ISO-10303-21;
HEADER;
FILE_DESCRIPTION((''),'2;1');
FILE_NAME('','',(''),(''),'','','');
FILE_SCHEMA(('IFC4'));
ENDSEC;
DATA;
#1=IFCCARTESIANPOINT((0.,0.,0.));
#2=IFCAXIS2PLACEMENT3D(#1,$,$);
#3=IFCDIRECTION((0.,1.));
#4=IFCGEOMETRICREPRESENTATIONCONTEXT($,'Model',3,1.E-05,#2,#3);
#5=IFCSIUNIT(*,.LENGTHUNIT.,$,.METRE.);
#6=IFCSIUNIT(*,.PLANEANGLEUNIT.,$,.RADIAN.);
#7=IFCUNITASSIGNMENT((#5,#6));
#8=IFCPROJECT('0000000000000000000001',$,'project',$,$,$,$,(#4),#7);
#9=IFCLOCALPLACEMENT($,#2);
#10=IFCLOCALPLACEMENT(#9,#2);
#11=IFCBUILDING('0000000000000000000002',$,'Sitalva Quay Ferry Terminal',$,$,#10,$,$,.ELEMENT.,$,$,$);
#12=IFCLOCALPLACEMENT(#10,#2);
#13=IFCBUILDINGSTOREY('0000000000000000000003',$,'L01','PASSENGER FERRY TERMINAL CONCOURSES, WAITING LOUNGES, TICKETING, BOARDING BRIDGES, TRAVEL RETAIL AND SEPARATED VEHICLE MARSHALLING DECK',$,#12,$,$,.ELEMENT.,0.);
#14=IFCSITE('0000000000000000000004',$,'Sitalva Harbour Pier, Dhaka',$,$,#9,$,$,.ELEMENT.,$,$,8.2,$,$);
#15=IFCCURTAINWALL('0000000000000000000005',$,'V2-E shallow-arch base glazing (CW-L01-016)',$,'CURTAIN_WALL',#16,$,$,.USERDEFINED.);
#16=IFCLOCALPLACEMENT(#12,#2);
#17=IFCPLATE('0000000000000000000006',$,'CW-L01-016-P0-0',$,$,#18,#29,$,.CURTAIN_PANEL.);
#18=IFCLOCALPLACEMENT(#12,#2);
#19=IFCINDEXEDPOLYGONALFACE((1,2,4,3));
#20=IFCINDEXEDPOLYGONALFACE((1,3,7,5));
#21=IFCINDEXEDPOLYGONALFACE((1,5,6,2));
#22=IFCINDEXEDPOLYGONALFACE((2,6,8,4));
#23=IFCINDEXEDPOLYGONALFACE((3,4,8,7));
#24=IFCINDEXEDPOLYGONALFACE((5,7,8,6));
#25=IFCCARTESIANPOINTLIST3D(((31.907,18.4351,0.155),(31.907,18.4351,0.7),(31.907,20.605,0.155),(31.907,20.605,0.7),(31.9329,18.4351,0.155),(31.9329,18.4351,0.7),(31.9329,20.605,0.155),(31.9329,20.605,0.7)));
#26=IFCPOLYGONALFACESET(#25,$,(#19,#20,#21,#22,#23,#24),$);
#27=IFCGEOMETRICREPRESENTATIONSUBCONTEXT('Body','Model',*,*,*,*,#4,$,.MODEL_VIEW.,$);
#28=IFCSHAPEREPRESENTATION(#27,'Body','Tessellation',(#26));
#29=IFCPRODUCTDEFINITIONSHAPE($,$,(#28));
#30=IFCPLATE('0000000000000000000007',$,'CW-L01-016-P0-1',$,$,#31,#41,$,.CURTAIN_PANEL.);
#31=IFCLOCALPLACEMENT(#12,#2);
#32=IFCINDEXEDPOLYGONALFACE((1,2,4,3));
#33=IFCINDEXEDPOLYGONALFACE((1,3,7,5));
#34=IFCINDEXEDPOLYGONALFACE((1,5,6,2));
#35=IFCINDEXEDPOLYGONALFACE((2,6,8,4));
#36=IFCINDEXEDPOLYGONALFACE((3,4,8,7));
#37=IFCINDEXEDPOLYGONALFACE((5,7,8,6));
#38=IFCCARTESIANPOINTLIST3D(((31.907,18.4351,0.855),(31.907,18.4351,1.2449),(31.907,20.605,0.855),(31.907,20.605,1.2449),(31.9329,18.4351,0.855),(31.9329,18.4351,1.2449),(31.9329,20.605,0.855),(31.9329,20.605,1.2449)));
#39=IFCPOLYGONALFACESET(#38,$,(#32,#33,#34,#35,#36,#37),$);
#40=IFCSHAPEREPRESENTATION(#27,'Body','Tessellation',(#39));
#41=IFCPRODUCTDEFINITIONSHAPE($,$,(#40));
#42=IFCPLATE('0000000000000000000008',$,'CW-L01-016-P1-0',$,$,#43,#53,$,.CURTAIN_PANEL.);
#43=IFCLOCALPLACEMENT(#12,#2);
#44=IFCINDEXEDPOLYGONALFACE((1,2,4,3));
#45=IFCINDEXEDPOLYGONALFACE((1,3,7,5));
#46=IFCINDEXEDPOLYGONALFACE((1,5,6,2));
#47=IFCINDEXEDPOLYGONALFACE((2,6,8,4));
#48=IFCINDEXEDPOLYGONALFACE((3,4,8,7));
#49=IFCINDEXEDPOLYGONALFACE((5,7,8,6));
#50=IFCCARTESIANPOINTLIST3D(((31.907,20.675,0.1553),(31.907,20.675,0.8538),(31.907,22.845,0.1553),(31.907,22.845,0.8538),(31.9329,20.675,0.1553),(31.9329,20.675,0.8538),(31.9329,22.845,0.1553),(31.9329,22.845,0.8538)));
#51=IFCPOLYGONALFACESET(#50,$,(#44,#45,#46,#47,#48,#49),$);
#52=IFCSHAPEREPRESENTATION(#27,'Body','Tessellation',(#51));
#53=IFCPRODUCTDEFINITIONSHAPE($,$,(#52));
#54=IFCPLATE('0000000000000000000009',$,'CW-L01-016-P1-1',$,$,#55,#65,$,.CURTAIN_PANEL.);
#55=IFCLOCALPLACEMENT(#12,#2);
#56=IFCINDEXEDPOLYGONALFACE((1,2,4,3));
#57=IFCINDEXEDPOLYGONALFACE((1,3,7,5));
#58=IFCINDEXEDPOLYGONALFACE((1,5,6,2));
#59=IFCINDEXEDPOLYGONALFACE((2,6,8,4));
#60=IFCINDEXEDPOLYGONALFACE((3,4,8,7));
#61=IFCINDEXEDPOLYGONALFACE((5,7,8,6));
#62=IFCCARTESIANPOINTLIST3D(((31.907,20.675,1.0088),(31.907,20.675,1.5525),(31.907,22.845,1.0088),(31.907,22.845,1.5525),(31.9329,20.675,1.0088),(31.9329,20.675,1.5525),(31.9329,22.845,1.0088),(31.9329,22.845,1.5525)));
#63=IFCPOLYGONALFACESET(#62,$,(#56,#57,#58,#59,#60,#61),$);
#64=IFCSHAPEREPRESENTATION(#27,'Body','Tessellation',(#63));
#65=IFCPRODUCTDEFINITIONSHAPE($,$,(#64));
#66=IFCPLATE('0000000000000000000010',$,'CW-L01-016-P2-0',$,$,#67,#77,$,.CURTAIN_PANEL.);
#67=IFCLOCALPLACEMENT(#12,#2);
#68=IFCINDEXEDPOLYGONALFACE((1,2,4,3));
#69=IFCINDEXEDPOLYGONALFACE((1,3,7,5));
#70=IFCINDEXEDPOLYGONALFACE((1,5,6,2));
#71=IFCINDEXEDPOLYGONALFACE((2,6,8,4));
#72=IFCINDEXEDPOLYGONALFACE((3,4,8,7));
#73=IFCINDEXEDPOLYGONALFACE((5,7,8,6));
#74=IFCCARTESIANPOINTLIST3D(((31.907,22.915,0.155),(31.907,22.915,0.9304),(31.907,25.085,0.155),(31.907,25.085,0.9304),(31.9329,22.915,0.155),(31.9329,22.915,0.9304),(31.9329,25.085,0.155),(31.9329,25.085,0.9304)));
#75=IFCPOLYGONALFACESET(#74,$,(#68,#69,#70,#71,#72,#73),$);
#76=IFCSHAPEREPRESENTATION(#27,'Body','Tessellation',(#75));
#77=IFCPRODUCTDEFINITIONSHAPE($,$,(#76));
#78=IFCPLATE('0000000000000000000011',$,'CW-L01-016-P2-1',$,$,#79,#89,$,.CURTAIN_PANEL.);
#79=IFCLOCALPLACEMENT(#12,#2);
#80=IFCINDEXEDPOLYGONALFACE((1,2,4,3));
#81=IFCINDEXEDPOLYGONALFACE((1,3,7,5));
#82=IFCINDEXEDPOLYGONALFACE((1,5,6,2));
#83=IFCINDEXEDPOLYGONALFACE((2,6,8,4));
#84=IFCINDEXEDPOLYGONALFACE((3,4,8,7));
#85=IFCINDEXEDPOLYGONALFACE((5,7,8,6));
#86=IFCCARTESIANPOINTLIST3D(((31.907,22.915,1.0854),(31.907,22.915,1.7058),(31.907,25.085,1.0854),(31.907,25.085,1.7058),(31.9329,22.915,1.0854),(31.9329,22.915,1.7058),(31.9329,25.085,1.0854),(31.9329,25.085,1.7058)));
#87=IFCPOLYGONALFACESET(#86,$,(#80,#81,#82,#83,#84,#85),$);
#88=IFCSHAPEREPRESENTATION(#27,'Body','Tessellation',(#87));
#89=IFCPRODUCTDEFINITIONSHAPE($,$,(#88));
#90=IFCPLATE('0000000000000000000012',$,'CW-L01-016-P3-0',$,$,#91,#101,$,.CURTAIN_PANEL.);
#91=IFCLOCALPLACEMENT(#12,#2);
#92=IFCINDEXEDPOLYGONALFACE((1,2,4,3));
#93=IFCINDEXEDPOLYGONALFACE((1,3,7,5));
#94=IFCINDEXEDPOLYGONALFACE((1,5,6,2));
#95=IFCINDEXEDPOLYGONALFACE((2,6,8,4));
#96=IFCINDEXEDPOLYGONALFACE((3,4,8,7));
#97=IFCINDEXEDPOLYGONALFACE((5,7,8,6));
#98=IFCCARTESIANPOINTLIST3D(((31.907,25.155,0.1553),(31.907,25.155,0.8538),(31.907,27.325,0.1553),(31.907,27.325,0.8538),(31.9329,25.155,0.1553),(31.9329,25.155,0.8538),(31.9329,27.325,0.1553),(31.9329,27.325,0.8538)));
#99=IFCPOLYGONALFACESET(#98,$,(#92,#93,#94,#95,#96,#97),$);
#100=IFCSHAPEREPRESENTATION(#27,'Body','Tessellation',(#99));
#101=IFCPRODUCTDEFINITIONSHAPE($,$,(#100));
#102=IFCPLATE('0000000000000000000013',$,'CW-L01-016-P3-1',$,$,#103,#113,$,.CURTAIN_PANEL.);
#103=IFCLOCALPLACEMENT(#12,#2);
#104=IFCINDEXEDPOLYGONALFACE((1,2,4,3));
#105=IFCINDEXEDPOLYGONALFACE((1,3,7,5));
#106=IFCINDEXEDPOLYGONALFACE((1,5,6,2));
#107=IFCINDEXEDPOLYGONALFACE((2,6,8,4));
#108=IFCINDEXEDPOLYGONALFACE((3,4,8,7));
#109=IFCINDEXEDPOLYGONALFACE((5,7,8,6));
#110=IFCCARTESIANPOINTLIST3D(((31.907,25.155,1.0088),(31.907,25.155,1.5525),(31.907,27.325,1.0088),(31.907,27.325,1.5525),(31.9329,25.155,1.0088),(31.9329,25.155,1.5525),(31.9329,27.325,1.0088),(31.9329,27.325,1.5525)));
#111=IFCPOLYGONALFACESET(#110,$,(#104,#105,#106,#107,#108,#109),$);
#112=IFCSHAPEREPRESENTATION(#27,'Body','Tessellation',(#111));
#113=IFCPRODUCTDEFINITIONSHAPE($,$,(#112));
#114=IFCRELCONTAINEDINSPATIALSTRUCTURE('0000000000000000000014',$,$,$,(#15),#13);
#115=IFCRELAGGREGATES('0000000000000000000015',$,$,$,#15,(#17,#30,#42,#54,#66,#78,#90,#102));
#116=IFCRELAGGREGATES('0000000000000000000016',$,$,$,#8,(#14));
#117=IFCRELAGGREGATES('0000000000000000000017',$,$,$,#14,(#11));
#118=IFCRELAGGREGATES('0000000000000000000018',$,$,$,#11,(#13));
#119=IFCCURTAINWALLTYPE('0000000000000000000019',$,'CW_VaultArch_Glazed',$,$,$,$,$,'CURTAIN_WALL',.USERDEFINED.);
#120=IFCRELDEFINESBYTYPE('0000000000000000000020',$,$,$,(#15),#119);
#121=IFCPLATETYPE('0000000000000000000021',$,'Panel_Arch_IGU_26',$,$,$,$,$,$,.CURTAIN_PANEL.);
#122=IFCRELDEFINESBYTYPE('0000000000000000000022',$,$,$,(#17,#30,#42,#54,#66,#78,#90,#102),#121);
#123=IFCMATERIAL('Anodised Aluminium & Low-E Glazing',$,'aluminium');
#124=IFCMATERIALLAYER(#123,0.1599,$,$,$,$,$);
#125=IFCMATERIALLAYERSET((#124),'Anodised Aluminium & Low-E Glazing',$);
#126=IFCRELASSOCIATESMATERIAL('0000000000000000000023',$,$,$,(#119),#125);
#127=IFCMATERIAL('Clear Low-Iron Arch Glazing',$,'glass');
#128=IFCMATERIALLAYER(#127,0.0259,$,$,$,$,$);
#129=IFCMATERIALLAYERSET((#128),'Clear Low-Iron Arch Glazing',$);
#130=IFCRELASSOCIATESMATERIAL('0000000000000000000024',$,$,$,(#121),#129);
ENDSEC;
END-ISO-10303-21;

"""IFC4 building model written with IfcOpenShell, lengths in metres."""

from ifc_helpers import new_model, si_unit, direction, frame, origin, origin_2d, place, context, subcontext, project, spatial, rectangle, extrude, material, layer, layer_set, type_object, element, aggregate, save


model = new_model("IFC4")

# Units and contexts
model_context = context("Model", 3, precision=1e-05, world=origin(), true_north=direction((0.0, 1.0)))
body_context = subcontext(model_context, "Body", "Model", "MODEL_VIEW")
ifc_project = project(units=[si_unit("LENGTHUNIT", "METRE"), si_unit("PLANEANGLEUNIT", "RADIAN")], contexts=[model_context])

# Site, building, storey
site_placement = place(None, origin())
site = spatial("IfcSite", under=ifc_project, at=site_placement, Name="Sitalva Harbour Pier, Dhaka", CompositionType="ELEMENT", RefElevation=8.2)
building_placement = place(site_placement, origin())
building = spatial("IfcBuilding", under=site, at=building_placement, Name="Sitalva Quay Ferry Terminal", CompositionType="ELEMENT")
storey_placement = place(building_placement, origin())
storey = spatial("IfcBuildingStorey", under=building, at=storey_placement, Name="L01", Description="PASSENGER FERRY TERMINAL CONCOURSES, WAITING LOUNGES, TICKETING, BOARDING BRIDGES, TRAVEL RETAIL AND SEPARATED VEHICLE MARSHALLING DECK", CompositionType="ELEMENT", Elevation=0.0)

# Curtain wall, plates
ifc_material_1 = material(Name="Anodised Aluminium & Low-E Glazing", Category="aluminium")
ifc_layer_1 = layer(ifc_material_1, 0.1599)
ifc_layer_set_1 = layer_set([ifc_layer_1], Name="Anodised Aluminium & Low-E Glazing")
curtain_wall_type = type_object("IfcCurtainWallType", Name="CW_VaultArch_Glazed", ElementType="CURTAIN_WALL", PredefinedType="USERDEFINED", material=ifc_layer_set_1)
curtain_wall_placement = place(storey_placement, origin())
curtain_wall = element("IfcCurtainWall", 1, at=curtain_wall_placement, inside=storey, type_object=curtain_wall_type, Name="V2-E shallow-arch base glazing (CW-L01-016)", ObjectType="CURTAIN_WALL", PredefinedType="USERDEFINED")
ifc_material_2 = material(Name="Clear Low-Iron Arch Glazing", Category="glass")
ifc_layer_2 = layer(ifc_material_2, 0.0259)
ifc_layer_set_2 = layer_set([ifc_layer_2], Name="Clear Low-Iron Arch Glazing")
plate_type = type_object("IfcPlateType", Name="Panel_Arch_IGU_26", PredefinedType="CURTAIN_PANEL", material=ifc_layer_set_2)
plate_1_placement = place(storey_placement, frame((31.9199, 19.52, 0.155), z_axis=(0.0, 0.0, 1.0), x_axis=(0.0, 1.0, 0.0)))
plate_1 = element("IfcPlate", 2, at=plate_1_placement, type_object=plate_type, Name="CW-L01-016-P0-0", PredefinedType="CURTAIN_PANEL", context=body_context, shape_type="SweptSolid", body=[
    extrude(rectangle(XDim=2.1699, YDim=0.0259, at=origin_2d()), origin(), (0.0, 0.0, 1.0), 0.5449),
])
plate_2_placement = place(storey_placement, frame((31.9199, 19.52, 0.855), z_axis=(0.0, 0.0, 1.0), x_axis=(0.0, 1.0, 0.0)))
plate_2 = element("IfcPlate", 3, at=plate_2_placement, type_object=plate_type, Name="CW-L01-016-P0-1", PredefinedType="CURTAIN_PANEL", context=body_context, shape_type="SweptSolid", body=[
    extrude(rectangle(XDim=2.1699, YDim=0.0259, at=origin_2d()), origin(), (0.0, 0.0, 1.0), 0.3899),
])
plate_3_placement = place(storey_placement, frame((31.9199, 21.76, 0.1553), z_axis=(0.0, 0.0, 1.0), x_axis=(0.0, 1.0, 0.0)))
plate_3 = element("IfcPlate", 4, at=plate_3_placement, type_object=plate_type, Name="CW-L01-016-P1-0", PredefinedType="CURTAIN_PANEL", context=body_context, shape_type="SweptSolid", body=[
    extrude(rectangle(XDim=2.1699, YDim=0.0259, at=origin_2d()), origin(), (0.0, 0.0, 1.0), 0.6985),
])
plate_4_placement = place(storey_placement, frame((31.9199, 21.76, 1.0088), z_axis=(0.0, 0.0, 1.0), x_axis=(0.0, 1.0, 0.0)))
plate_4 = element("IfcPlate", 5, at=plate_4_placement, type_object=plate_type, Name="CW-L01-016-P1-1", PredefinedType="CURTAIN_PANEL", context=body_context, shape_type="SweptSolid", body=[
    extrude(rectangle(XDim=2.1699, YDim=0.0259, at=origin_2d()), origin(), (0.0, 0.0, 1.0), 0.5437),
])
plate_5_placement = place(storey_placement, frame((31.9199, 24.0, 0.155), z_axis=(0.0, 0.0, 1.0), x_axis=(0.0, 1.0, 0.0)))
plate_5 = element("IfcPlate", 6, at=plate_5_placement, type_object=plate_type, Name="CW-L01-016-P2-0", PredefinedType="CURTAIN_PANEL", context=body_context, shape_type="SweptSolid", body=[
    extrude(rectangle(XDim=2.1699, YDim=0.0259, at=origin_2d()), origin(), (0.0, 0.0, 1.0), 0.7754),
])
plate_6_placement = place(storey_placement, frame((31.9199, 24.0, 1.0854), z_axis=(0.0, 0.0, 1.0), x_axis=(0.0, 1.0, 0.0)))
plate_6 = element("IfcPlate", 7, at=plate_6_placement, type_object=plate_type, Name="CW-L01-016-P2-1", PredefinedType="CURTAIN_PANEL", context=body_context, shape_type="SweptSolid", body=[
    extrude(rectangle(XDim=2.1699, YDim=0.0259, at=origin_2d()), origin(), (0.0, 0.0, 1.0), 0.6204),
])
plate_7_placement = place(storey_placement, frame((31.9199, 26.24, 0.1553), z_axis=(0.0, 0.0, 1.0), x_axis=(0.0, 1.0, 0.0)))
plate_7 = element("IfcPlate", 8, at=plate_7_placement, type_object=plate_type, Name="CW-L01-016-P3-0", PredefinedType="CURTAIN_PANEL", context=body_context, shape_type="SweptSolid", body=[
    extrude(rectangle(XDim=2.1699, YDim=0.0259, at=origin_2d()), origin(), (0.0, 0.0, 1.0), 0.6985),
])
plate_8_placement = place(storey_placement, frame((31.9199, 26.24, 1.0088), z_axis=(0.0, 0.0, 1.0), x_axis=(0.0, 1.0, 0.0)))
plate_8 = element("IfcPlate", 9, at=plate_8_placement, type_object=plate_type, Name="CW-L01-016-P3-1", PredefinedType="CURTAIN_PANEL", context=body_context, shape_type="SweptSolid", body=[
    extrude(rectangle(XDim=2.1699, YDim=0.0259, at=origin_2d()), origin(), (0.0, 0.0, 1.0), 0.5437),
])
aggregate(curtain_wall, [plate_1, plate_2, plate_3, plate_4, plate_5, plate_6, plate_7, plate_8])

save(model, "model.ifc")
